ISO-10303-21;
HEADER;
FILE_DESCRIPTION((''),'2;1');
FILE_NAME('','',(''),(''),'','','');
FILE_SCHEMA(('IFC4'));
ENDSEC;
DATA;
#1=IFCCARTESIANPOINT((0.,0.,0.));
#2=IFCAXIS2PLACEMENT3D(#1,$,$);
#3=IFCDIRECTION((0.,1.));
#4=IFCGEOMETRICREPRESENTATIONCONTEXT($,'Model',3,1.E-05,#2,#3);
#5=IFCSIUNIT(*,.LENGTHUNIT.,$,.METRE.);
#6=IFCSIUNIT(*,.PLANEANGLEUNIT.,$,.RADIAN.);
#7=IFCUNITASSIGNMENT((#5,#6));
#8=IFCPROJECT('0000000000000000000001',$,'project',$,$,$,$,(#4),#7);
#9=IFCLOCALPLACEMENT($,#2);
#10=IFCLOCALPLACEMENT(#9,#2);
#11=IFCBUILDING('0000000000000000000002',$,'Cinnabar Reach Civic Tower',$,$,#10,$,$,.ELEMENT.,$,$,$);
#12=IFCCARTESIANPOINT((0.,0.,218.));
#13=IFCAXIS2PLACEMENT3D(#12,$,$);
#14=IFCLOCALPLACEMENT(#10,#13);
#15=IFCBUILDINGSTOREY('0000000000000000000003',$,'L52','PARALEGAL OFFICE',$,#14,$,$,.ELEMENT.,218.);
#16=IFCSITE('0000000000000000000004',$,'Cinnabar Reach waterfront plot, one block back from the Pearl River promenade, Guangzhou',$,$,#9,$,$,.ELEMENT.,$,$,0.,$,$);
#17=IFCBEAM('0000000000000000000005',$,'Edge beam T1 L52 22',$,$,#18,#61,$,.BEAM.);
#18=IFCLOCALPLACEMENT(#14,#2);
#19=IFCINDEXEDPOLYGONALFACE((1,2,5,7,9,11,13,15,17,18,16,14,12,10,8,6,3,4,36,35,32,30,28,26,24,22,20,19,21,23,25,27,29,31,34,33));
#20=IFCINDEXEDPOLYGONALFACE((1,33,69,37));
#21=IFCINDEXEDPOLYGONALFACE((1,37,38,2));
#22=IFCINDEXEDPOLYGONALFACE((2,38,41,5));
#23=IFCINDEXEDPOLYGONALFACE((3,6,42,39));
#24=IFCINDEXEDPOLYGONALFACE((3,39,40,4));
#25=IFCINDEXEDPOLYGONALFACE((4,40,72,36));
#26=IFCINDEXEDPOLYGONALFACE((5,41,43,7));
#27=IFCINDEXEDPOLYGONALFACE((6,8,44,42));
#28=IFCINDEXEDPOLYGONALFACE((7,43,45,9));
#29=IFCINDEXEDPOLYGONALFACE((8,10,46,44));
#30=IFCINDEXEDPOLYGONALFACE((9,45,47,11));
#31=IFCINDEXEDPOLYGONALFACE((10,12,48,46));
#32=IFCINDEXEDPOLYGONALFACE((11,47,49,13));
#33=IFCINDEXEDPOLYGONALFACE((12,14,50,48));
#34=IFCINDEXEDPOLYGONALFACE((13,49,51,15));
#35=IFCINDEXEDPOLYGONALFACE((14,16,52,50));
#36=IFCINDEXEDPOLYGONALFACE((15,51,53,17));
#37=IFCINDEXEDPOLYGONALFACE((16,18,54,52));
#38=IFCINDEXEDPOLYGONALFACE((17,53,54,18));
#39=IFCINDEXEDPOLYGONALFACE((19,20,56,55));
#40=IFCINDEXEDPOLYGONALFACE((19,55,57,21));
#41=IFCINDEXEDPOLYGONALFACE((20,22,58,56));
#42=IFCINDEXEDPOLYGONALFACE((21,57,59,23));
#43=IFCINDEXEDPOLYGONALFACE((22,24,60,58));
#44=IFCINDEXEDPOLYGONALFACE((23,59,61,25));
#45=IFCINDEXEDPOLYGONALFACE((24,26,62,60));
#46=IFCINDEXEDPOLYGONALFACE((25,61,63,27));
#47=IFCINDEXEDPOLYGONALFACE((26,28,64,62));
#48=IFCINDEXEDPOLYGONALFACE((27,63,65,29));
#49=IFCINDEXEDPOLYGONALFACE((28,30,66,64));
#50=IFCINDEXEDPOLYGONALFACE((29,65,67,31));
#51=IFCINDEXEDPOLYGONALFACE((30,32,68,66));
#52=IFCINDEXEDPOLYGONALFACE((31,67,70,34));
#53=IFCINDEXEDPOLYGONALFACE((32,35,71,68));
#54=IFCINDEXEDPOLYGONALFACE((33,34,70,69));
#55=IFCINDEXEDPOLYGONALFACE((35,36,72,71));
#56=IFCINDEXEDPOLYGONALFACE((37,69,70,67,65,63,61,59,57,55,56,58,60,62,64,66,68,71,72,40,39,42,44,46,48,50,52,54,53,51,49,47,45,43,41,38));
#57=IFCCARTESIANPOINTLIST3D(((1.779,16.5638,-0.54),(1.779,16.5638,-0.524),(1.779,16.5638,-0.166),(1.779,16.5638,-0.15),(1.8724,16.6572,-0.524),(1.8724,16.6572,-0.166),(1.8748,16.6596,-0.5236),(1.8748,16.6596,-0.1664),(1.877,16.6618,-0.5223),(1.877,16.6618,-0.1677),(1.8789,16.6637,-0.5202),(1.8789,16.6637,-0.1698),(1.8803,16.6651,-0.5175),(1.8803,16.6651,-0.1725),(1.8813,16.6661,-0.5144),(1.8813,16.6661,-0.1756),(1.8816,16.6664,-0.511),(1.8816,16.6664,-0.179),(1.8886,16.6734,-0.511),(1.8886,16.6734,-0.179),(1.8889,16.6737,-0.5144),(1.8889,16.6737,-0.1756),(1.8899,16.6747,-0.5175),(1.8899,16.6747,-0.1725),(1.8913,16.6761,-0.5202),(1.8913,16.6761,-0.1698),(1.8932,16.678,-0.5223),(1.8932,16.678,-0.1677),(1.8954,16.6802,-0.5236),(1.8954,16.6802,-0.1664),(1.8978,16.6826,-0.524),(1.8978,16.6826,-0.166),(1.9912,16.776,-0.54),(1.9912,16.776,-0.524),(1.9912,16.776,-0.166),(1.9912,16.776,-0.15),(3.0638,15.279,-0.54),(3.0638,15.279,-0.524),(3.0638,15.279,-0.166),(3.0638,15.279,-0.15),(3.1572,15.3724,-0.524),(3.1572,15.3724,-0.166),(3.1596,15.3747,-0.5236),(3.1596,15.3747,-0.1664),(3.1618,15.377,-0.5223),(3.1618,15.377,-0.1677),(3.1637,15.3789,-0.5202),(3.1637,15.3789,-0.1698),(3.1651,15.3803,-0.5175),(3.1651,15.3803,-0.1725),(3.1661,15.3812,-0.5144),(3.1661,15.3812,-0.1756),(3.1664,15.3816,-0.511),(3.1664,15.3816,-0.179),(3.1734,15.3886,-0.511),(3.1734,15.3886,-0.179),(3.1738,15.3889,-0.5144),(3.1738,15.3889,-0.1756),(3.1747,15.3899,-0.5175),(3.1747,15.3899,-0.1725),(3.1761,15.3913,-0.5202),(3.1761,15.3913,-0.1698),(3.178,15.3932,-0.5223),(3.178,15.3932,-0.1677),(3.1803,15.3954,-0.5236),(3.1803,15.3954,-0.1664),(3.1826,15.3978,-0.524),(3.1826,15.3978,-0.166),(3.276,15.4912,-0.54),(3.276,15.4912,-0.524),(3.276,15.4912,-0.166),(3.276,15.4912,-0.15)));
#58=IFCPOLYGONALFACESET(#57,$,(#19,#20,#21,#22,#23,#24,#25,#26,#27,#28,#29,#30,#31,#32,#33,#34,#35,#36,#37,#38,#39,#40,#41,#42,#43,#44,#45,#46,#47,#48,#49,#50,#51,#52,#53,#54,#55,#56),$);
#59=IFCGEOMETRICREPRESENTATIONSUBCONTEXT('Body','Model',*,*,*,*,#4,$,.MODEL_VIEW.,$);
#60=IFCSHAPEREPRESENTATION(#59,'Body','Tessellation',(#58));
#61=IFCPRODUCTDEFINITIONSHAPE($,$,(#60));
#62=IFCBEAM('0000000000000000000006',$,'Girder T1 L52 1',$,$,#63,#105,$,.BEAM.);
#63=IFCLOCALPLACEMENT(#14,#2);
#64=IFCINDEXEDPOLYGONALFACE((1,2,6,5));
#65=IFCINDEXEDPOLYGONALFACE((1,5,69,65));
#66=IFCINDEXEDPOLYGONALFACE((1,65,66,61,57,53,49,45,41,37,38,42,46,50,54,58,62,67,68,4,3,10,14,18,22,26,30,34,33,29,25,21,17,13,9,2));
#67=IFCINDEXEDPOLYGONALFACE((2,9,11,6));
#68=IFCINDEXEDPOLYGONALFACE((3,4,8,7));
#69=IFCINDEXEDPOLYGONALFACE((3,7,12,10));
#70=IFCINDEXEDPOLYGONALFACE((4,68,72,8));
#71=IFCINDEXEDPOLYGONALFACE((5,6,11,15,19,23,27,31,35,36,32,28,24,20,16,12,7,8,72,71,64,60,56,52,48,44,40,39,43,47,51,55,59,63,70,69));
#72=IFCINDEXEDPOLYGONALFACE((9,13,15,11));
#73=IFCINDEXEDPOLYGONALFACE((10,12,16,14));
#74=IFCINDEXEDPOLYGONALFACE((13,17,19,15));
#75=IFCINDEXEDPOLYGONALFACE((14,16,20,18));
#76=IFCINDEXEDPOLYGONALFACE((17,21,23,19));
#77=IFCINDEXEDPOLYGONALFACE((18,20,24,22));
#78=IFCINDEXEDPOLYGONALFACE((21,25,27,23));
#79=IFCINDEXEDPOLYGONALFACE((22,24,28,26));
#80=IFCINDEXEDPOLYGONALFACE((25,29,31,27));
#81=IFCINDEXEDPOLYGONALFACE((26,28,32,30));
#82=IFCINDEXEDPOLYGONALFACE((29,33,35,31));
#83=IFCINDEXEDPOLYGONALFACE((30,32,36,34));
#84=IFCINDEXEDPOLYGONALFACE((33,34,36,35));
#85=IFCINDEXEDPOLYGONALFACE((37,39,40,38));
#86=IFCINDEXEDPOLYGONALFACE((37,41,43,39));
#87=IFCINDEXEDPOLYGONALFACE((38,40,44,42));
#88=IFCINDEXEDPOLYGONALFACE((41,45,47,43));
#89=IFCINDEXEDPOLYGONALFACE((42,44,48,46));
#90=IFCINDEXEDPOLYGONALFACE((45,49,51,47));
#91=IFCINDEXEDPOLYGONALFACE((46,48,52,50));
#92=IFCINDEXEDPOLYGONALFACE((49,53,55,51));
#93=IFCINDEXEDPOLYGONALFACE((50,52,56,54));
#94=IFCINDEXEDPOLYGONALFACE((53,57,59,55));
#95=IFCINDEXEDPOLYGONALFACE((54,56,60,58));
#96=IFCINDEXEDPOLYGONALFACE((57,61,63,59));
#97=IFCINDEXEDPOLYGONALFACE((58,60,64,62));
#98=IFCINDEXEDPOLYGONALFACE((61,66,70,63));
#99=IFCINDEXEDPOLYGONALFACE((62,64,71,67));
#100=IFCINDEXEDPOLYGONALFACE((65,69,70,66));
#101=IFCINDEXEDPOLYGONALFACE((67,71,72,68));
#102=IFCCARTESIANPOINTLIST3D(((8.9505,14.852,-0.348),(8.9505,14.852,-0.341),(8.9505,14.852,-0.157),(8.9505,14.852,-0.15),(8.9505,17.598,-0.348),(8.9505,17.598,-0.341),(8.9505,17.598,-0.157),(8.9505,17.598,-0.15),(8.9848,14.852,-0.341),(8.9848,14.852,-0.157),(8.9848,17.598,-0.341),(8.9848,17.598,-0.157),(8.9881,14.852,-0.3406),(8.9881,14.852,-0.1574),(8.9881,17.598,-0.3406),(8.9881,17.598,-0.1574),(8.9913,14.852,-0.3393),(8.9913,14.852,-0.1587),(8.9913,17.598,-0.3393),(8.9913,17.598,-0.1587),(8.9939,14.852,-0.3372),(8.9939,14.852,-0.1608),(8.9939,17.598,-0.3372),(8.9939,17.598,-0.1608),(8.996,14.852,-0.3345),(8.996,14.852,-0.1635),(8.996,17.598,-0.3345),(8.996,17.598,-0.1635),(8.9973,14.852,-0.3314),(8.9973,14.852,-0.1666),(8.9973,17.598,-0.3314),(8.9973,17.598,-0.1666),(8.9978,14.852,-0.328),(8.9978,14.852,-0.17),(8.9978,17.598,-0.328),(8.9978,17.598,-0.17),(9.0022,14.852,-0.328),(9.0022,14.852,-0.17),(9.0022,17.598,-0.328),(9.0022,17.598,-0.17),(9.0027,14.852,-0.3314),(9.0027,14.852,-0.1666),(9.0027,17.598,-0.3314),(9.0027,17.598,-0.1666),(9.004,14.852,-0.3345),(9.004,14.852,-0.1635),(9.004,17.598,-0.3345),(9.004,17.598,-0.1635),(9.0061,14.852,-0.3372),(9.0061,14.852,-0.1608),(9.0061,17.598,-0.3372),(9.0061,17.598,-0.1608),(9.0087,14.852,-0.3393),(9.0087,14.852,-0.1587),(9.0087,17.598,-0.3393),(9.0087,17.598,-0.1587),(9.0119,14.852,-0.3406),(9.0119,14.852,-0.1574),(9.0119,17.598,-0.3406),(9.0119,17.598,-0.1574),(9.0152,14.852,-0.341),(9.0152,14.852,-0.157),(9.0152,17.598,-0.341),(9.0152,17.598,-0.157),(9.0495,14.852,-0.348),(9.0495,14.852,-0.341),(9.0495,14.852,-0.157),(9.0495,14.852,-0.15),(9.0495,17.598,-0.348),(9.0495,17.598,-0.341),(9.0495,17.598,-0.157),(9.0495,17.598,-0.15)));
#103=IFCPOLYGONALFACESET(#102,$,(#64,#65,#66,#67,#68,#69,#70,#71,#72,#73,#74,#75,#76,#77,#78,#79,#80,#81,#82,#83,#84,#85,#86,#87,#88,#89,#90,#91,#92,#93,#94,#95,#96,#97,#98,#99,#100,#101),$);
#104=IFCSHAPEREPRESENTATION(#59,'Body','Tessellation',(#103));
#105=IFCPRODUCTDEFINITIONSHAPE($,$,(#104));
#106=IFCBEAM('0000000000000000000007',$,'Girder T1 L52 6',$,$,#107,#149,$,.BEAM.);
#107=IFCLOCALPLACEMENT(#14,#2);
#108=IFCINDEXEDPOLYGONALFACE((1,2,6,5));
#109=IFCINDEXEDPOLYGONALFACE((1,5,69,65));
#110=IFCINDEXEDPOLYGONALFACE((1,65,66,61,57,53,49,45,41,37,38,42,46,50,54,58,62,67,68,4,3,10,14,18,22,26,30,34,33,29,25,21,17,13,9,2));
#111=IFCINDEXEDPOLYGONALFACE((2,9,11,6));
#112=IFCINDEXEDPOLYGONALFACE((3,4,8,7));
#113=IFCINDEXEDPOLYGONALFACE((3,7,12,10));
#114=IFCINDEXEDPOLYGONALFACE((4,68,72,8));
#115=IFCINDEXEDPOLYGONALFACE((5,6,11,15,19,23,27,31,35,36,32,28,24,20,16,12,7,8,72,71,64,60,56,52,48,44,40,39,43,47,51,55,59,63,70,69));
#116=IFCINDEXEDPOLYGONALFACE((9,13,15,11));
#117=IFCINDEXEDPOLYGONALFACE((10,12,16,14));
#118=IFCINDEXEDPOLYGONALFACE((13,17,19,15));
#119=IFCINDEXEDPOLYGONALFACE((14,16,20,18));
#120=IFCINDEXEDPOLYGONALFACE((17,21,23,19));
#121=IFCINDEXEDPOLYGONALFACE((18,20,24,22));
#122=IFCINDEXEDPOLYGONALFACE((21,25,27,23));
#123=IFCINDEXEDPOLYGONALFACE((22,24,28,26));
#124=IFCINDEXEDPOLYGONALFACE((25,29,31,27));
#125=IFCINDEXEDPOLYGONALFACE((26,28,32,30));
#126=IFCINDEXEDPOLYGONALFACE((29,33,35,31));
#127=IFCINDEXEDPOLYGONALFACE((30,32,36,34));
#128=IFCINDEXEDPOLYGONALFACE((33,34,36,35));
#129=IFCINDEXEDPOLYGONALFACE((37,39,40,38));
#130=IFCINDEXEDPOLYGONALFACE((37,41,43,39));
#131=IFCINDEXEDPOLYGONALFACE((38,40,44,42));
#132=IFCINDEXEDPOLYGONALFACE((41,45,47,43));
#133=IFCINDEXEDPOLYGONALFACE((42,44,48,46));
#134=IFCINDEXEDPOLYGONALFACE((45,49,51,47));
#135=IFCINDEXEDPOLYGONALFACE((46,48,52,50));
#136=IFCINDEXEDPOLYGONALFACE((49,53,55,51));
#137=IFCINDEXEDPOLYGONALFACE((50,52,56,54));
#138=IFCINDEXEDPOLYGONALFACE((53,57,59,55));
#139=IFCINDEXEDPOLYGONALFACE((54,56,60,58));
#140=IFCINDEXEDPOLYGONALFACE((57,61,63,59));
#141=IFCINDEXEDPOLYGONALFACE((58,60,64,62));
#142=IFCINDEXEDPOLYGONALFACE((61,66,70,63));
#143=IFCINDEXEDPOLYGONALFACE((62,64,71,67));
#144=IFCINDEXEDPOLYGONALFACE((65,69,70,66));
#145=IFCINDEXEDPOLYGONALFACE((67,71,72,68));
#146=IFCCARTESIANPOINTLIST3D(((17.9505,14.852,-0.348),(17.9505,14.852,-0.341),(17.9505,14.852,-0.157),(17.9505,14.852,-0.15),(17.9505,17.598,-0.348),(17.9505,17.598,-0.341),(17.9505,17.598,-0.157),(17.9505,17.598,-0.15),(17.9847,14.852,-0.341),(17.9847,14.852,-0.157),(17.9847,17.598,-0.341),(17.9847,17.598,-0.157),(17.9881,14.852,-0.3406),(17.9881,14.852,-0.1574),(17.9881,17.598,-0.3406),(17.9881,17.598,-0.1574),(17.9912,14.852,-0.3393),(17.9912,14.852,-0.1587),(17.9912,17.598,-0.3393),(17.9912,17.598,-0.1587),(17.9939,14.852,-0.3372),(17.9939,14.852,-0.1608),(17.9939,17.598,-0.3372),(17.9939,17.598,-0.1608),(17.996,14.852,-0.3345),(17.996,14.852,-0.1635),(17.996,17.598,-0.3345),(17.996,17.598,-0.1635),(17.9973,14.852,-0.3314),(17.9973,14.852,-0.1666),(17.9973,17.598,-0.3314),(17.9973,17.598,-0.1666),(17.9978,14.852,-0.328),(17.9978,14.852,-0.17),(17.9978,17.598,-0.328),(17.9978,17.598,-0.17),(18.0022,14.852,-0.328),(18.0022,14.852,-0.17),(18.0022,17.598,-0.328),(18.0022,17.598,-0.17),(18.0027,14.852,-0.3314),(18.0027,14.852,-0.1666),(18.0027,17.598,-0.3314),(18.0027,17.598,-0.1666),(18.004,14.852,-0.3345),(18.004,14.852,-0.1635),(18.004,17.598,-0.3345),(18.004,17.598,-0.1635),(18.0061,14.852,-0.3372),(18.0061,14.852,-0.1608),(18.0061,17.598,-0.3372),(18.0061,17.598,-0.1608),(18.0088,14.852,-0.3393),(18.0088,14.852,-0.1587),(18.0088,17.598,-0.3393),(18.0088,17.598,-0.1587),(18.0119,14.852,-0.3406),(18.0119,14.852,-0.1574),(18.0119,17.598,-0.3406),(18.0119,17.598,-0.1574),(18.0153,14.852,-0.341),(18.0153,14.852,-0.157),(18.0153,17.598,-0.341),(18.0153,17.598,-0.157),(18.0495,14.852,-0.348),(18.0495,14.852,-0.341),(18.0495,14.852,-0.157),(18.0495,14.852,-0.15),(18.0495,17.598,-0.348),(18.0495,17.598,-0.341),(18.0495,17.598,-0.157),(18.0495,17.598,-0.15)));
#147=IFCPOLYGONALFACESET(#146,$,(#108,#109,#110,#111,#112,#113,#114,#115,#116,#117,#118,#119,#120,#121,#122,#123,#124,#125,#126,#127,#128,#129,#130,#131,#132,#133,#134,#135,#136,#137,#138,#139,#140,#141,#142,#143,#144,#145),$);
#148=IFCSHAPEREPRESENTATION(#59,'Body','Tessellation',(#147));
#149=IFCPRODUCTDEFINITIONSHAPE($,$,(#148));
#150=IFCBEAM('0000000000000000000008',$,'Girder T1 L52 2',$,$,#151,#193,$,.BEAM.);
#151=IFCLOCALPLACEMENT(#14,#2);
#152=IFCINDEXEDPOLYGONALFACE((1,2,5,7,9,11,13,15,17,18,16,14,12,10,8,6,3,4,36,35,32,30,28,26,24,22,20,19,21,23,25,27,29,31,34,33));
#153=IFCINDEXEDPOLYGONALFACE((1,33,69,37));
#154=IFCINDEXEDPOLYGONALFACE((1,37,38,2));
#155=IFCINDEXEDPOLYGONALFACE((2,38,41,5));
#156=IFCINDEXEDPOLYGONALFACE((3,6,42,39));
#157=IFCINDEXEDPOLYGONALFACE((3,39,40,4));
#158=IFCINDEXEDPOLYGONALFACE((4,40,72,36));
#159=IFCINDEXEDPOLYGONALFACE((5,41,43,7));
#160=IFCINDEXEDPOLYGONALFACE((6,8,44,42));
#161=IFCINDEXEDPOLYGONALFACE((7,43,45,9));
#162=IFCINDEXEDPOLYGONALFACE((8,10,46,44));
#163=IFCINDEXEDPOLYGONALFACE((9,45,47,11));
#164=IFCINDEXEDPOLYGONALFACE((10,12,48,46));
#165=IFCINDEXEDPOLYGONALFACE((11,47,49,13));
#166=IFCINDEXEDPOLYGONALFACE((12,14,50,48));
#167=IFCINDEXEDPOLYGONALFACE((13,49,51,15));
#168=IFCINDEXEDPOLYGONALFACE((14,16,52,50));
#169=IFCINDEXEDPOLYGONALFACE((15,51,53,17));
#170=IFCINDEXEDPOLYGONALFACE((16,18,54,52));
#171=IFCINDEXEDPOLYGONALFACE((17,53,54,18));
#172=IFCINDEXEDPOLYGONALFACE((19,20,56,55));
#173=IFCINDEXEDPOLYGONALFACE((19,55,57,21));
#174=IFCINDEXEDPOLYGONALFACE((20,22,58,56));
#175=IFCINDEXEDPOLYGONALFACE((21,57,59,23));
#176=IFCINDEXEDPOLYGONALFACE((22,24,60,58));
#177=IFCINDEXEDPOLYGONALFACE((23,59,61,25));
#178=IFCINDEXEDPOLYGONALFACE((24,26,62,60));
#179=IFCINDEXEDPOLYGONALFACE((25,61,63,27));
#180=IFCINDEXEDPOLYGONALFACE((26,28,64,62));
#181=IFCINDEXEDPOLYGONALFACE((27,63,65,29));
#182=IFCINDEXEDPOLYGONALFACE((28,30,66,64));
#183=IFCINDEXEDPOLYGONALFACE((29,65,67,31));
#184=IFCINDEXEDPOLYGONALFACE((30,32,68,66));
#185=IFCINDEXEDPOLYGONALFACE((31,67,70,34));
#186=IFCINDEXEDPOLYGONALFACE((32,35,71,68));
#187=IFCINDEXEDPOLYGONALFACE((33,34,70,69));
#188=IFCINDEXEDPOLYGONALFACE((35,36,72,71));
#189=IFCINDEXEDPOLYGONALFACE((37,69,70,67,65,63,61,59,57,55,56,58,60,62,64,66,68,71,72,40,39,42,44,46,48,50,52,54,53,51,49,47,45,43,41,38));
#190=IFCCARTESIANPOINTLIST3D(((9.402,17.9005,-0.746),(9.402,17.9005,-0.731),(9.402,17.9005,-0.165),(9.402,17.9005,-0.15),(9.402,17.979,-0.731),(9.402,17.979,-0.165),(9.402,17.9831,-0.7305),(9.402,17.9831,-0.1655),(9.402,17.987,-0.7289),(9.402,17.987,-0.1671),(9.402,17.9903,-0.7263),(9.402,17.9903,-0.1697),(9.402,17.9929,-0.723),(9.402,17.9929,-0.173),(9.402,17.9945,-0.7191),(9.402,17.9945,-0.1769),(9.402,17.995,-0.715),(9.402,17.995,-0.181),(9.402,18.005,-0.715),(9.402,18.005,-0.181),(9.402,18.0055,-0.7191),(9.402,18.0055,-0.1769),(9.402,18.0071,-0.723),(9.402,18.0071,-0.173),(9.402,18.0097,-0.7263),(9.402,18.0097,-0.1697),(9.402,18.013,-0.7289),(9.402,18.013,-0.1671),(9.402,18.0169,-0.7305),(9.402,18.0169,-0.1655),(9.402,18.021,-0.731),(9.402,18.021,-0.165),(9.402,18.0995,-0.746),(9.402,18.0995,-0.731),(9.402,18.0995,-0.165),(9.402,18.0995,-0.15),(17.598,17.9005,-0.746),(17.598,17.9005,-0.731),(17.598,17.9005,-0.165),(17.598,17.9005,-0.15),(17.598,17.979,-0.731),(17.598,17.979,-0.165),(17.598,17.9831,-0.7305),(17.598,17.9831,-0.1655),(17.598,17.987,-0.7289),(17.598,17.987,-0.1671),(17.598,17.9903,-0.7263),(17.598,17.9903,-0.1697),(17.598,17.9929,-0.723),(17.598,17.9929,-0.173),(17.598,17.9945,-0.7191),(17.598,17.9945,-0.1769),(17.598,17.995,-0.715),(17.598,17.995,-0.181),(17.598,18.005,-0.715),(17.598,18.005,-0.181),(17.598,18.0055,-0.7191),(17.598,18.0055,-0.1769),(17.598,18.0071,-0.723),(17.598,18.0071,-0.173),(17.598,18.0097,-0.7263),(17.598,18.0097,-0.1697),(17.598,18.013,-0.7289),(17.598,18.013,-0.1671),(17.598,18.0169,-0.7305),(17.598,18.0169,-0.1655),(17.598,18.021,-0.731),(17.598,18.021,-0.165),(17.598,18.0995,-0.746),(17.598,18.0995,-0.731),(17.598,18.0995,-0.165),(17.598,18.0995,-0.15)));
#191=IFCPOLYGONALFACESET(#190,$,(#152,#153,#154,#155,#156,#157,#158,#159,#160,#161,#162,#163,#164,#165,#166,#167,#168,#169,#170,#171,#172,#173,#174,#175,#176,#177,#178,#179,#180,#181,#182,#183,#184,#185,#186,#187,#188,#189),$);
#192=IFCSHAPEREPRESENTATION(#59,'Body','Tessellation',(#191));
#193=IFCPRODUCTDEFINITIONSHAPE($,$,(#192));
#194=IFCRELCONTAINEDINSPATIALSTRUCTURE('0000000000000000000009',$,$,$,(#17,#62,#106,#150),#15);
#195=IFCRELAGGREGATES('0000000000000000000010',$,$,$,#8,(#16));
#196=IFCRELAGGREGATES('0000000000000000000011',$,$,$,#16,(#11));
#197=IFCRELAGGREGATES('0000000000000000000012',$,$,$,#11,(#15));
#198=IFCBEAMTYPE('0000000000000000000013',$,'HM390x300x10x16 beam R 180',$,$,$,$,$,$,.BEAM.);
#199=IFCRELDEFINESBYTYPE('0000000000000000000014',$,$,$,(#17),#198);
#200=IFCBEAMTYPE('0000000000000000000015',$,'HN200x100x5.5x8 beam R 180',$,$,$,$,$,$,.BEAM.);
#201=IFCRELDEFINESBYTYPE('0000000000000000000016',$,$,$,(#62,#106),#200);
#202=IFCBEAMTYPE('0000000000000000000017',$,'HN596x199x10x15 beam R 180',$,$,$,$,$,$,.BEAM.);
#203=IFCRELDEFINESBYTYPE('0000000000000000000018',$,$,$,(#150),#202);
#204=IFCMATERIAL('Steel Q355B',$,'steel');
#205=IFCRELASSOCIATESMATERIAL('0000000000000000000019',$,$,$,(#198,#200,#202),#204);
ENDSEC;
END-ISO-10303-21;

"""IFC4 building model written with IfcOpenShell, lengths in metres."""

from ifc_helpers import new_model, si_unit, direction, frame, origin, origin_2d, place, context, subcontext, project, spatial, i_section, extrude, material, material_profile, profile_set, type_object, element, save


model = new_model("IFC4")

# Units and contexts
model_context = context("Model", 3, precision=1e-05, world=origin(), true_north=direction((0.0, 1.0)))
body_context = subcontext(model_context, "Body", "Model", "MODEL_VIEW")
ifc_project = project(units=[si_unit("LENGTHUNIT", "METRE"), si_unit("PLANEANGLEUNIT", "RADIAN")], contexts=[model_context])

# Site, building, storey
site_placement = place(None, origin())
site = spatial("IfcSite", under=ifc_project, at=site_placement, Name="Cinnabar Reach waterfront plot, one block back from the Pearl River promenade, Guangzhou", CompositionType="ELEMENT", RefElevation=0.0)
building_placement = place(site_placement, origin())
building = spatial("IfcBuilding", under=site, at=building_placement, Name="Cinnabar Reach Civic Tower", CompositionType="ELEMENT")
storey_placement = place(building_placement, frame((0.0, 0.0, 218.0)))
storey = spatial("IfcBuildingStorey", under=building, at=storey_placement, Name="L52", Description="PARALEGAL OFFICE", CompositionType="ELEMENT", Elevation=218.0)

# Beams
ifc_material_1 = material(Name="Steel Q355B", Category="steel")
ifc_material_profile_1 = material_profile(ifc_material_1, i_section(OverallWidth=0.3, OverallDepth=0.39, WebThickness=0.01, FlangeThickness=0.016, FilletRadius=0.013, at=origin_2d()), Name="HM390x300x10x16")
ifc_profile_set_1 = profile_set([ifc_material_profile_1], Name="Steel Q355B")
beam_type_1 = type_object("IfcBeamType", Name="HM390x300x10x16 beam R 180", PredefinedType="BEAM", material=ifc_profile_set_1)
beam_1_placement = place(storey_placement, frame((1.8851, 16.6699, -0.345), z_axis=(0.707107, -0.707107, 0.0), x_axis=(0.707107, 0.707107, 0.0)))
element("IfcBeam", 1, at=beam_1_placement, inside=storey, type_object=beam_type_1, Name="Edge beam T1 L52 22", PredefinedType="BEAM", context=body_context, shape_type="SweptSolid", body=[
    extrude(i_section(OverallWidth=0.3, OverallDepth=0.39, WebThickness=0.01, FlangeThickness=0.016, FilletRadius=0.013, at=origin_2d()), origin(), (0.0, 0.0, 1.0), 1.817),
])
ifc_material_profile_2 = material_profile(ifc_material_1, i_section(OverallWidth=0.099, OverallDepth=0.198, WebThickness=0.0045, FlangeThickness=0.007, FilletRadius=0.013, at=origin_2d()), Name="HN200x100x5.5x8")
ifc_profile_set_2 = profile_set([ifc_material_profile_2], Name="Steel Q355B")
beam_type_2 = type_object("IfcBeamType", Name="HN200x100x5.5x8 beam R 180", PredefinedType="BEAM", material=ifc_profile_set_2)
for number, where, z_axis, x_axis, name in (
    (2, (9.0, 14.852, -0.249), (0.0, 1.0, 0.0), (-1.0, 0.0, 0.0), "Girder T1 L52 1"),
    (3, (18.0, 14.852, -0.249), (0.0, 1.0, 0.0), (-1.0, 0.0, 0.0), "Girder T1 L52 6"),
):
    element("IfcBeam", number, at=place(storey_placement, frame(where, z_axis=z_axis, x_axis=x_axis)), inside=storey, type_object=beam_type_2, Name=name, PredefinedType="BEAM", context=body_context, shape_type="SweptSolid", body=[
        extrude(i_section(OverallWidth=0.099, OverallDepth=0.198, WebThickness=0.0045, FlangeThickness=0.007, FilletRadius=0.013, at=origin_2d()), origin(), (0.0, 0.0, 1.0), 2.746),
    ])
ifc_material_profile_3 = material_profile(ifc_material_1, i_section(OverallWidth=0.199, OverallDepth=0.596, WebThickness=0.01, FlangeThickness=0.015, FilletRadius=0.016, at=origin_2d()), Name="HN596x199x10x15")
ifc_profile_set_3 = profile_set([ifc_material_profile_3], Name="Steel Q355B")
beam_type_3 = type_object("IfcBeamType", Name="HN596x199x10x15 beam R 180", PredefinedType="BEAM", material=ifc_profile_set_3)
beam_2_placement = place(storey_placement, frame((9.402, 18.0, -0.448), z_axis=(1.0, 0.0, 0.0), x_axis=(0.0, 1.0, 0.0)))
element("IfcBeam", 4, at=beam_2_placement, inside=storey, type_object=beam_type_3, Name="Girder T1 L52 2", PredefinedType="BEAM", context=body_context, shape_type="SweptSolid", body=[
    extrude(i_section(OverallWidth=0.199, OverallDepth=0.596, WebThickness=0.01, FlangeThickness=0.015, FilletRadius=0.016, at=origin_2d()), origin(), (0.0, 0.0, 1.0), 8.196),
])

save(model, "model.ifc")
